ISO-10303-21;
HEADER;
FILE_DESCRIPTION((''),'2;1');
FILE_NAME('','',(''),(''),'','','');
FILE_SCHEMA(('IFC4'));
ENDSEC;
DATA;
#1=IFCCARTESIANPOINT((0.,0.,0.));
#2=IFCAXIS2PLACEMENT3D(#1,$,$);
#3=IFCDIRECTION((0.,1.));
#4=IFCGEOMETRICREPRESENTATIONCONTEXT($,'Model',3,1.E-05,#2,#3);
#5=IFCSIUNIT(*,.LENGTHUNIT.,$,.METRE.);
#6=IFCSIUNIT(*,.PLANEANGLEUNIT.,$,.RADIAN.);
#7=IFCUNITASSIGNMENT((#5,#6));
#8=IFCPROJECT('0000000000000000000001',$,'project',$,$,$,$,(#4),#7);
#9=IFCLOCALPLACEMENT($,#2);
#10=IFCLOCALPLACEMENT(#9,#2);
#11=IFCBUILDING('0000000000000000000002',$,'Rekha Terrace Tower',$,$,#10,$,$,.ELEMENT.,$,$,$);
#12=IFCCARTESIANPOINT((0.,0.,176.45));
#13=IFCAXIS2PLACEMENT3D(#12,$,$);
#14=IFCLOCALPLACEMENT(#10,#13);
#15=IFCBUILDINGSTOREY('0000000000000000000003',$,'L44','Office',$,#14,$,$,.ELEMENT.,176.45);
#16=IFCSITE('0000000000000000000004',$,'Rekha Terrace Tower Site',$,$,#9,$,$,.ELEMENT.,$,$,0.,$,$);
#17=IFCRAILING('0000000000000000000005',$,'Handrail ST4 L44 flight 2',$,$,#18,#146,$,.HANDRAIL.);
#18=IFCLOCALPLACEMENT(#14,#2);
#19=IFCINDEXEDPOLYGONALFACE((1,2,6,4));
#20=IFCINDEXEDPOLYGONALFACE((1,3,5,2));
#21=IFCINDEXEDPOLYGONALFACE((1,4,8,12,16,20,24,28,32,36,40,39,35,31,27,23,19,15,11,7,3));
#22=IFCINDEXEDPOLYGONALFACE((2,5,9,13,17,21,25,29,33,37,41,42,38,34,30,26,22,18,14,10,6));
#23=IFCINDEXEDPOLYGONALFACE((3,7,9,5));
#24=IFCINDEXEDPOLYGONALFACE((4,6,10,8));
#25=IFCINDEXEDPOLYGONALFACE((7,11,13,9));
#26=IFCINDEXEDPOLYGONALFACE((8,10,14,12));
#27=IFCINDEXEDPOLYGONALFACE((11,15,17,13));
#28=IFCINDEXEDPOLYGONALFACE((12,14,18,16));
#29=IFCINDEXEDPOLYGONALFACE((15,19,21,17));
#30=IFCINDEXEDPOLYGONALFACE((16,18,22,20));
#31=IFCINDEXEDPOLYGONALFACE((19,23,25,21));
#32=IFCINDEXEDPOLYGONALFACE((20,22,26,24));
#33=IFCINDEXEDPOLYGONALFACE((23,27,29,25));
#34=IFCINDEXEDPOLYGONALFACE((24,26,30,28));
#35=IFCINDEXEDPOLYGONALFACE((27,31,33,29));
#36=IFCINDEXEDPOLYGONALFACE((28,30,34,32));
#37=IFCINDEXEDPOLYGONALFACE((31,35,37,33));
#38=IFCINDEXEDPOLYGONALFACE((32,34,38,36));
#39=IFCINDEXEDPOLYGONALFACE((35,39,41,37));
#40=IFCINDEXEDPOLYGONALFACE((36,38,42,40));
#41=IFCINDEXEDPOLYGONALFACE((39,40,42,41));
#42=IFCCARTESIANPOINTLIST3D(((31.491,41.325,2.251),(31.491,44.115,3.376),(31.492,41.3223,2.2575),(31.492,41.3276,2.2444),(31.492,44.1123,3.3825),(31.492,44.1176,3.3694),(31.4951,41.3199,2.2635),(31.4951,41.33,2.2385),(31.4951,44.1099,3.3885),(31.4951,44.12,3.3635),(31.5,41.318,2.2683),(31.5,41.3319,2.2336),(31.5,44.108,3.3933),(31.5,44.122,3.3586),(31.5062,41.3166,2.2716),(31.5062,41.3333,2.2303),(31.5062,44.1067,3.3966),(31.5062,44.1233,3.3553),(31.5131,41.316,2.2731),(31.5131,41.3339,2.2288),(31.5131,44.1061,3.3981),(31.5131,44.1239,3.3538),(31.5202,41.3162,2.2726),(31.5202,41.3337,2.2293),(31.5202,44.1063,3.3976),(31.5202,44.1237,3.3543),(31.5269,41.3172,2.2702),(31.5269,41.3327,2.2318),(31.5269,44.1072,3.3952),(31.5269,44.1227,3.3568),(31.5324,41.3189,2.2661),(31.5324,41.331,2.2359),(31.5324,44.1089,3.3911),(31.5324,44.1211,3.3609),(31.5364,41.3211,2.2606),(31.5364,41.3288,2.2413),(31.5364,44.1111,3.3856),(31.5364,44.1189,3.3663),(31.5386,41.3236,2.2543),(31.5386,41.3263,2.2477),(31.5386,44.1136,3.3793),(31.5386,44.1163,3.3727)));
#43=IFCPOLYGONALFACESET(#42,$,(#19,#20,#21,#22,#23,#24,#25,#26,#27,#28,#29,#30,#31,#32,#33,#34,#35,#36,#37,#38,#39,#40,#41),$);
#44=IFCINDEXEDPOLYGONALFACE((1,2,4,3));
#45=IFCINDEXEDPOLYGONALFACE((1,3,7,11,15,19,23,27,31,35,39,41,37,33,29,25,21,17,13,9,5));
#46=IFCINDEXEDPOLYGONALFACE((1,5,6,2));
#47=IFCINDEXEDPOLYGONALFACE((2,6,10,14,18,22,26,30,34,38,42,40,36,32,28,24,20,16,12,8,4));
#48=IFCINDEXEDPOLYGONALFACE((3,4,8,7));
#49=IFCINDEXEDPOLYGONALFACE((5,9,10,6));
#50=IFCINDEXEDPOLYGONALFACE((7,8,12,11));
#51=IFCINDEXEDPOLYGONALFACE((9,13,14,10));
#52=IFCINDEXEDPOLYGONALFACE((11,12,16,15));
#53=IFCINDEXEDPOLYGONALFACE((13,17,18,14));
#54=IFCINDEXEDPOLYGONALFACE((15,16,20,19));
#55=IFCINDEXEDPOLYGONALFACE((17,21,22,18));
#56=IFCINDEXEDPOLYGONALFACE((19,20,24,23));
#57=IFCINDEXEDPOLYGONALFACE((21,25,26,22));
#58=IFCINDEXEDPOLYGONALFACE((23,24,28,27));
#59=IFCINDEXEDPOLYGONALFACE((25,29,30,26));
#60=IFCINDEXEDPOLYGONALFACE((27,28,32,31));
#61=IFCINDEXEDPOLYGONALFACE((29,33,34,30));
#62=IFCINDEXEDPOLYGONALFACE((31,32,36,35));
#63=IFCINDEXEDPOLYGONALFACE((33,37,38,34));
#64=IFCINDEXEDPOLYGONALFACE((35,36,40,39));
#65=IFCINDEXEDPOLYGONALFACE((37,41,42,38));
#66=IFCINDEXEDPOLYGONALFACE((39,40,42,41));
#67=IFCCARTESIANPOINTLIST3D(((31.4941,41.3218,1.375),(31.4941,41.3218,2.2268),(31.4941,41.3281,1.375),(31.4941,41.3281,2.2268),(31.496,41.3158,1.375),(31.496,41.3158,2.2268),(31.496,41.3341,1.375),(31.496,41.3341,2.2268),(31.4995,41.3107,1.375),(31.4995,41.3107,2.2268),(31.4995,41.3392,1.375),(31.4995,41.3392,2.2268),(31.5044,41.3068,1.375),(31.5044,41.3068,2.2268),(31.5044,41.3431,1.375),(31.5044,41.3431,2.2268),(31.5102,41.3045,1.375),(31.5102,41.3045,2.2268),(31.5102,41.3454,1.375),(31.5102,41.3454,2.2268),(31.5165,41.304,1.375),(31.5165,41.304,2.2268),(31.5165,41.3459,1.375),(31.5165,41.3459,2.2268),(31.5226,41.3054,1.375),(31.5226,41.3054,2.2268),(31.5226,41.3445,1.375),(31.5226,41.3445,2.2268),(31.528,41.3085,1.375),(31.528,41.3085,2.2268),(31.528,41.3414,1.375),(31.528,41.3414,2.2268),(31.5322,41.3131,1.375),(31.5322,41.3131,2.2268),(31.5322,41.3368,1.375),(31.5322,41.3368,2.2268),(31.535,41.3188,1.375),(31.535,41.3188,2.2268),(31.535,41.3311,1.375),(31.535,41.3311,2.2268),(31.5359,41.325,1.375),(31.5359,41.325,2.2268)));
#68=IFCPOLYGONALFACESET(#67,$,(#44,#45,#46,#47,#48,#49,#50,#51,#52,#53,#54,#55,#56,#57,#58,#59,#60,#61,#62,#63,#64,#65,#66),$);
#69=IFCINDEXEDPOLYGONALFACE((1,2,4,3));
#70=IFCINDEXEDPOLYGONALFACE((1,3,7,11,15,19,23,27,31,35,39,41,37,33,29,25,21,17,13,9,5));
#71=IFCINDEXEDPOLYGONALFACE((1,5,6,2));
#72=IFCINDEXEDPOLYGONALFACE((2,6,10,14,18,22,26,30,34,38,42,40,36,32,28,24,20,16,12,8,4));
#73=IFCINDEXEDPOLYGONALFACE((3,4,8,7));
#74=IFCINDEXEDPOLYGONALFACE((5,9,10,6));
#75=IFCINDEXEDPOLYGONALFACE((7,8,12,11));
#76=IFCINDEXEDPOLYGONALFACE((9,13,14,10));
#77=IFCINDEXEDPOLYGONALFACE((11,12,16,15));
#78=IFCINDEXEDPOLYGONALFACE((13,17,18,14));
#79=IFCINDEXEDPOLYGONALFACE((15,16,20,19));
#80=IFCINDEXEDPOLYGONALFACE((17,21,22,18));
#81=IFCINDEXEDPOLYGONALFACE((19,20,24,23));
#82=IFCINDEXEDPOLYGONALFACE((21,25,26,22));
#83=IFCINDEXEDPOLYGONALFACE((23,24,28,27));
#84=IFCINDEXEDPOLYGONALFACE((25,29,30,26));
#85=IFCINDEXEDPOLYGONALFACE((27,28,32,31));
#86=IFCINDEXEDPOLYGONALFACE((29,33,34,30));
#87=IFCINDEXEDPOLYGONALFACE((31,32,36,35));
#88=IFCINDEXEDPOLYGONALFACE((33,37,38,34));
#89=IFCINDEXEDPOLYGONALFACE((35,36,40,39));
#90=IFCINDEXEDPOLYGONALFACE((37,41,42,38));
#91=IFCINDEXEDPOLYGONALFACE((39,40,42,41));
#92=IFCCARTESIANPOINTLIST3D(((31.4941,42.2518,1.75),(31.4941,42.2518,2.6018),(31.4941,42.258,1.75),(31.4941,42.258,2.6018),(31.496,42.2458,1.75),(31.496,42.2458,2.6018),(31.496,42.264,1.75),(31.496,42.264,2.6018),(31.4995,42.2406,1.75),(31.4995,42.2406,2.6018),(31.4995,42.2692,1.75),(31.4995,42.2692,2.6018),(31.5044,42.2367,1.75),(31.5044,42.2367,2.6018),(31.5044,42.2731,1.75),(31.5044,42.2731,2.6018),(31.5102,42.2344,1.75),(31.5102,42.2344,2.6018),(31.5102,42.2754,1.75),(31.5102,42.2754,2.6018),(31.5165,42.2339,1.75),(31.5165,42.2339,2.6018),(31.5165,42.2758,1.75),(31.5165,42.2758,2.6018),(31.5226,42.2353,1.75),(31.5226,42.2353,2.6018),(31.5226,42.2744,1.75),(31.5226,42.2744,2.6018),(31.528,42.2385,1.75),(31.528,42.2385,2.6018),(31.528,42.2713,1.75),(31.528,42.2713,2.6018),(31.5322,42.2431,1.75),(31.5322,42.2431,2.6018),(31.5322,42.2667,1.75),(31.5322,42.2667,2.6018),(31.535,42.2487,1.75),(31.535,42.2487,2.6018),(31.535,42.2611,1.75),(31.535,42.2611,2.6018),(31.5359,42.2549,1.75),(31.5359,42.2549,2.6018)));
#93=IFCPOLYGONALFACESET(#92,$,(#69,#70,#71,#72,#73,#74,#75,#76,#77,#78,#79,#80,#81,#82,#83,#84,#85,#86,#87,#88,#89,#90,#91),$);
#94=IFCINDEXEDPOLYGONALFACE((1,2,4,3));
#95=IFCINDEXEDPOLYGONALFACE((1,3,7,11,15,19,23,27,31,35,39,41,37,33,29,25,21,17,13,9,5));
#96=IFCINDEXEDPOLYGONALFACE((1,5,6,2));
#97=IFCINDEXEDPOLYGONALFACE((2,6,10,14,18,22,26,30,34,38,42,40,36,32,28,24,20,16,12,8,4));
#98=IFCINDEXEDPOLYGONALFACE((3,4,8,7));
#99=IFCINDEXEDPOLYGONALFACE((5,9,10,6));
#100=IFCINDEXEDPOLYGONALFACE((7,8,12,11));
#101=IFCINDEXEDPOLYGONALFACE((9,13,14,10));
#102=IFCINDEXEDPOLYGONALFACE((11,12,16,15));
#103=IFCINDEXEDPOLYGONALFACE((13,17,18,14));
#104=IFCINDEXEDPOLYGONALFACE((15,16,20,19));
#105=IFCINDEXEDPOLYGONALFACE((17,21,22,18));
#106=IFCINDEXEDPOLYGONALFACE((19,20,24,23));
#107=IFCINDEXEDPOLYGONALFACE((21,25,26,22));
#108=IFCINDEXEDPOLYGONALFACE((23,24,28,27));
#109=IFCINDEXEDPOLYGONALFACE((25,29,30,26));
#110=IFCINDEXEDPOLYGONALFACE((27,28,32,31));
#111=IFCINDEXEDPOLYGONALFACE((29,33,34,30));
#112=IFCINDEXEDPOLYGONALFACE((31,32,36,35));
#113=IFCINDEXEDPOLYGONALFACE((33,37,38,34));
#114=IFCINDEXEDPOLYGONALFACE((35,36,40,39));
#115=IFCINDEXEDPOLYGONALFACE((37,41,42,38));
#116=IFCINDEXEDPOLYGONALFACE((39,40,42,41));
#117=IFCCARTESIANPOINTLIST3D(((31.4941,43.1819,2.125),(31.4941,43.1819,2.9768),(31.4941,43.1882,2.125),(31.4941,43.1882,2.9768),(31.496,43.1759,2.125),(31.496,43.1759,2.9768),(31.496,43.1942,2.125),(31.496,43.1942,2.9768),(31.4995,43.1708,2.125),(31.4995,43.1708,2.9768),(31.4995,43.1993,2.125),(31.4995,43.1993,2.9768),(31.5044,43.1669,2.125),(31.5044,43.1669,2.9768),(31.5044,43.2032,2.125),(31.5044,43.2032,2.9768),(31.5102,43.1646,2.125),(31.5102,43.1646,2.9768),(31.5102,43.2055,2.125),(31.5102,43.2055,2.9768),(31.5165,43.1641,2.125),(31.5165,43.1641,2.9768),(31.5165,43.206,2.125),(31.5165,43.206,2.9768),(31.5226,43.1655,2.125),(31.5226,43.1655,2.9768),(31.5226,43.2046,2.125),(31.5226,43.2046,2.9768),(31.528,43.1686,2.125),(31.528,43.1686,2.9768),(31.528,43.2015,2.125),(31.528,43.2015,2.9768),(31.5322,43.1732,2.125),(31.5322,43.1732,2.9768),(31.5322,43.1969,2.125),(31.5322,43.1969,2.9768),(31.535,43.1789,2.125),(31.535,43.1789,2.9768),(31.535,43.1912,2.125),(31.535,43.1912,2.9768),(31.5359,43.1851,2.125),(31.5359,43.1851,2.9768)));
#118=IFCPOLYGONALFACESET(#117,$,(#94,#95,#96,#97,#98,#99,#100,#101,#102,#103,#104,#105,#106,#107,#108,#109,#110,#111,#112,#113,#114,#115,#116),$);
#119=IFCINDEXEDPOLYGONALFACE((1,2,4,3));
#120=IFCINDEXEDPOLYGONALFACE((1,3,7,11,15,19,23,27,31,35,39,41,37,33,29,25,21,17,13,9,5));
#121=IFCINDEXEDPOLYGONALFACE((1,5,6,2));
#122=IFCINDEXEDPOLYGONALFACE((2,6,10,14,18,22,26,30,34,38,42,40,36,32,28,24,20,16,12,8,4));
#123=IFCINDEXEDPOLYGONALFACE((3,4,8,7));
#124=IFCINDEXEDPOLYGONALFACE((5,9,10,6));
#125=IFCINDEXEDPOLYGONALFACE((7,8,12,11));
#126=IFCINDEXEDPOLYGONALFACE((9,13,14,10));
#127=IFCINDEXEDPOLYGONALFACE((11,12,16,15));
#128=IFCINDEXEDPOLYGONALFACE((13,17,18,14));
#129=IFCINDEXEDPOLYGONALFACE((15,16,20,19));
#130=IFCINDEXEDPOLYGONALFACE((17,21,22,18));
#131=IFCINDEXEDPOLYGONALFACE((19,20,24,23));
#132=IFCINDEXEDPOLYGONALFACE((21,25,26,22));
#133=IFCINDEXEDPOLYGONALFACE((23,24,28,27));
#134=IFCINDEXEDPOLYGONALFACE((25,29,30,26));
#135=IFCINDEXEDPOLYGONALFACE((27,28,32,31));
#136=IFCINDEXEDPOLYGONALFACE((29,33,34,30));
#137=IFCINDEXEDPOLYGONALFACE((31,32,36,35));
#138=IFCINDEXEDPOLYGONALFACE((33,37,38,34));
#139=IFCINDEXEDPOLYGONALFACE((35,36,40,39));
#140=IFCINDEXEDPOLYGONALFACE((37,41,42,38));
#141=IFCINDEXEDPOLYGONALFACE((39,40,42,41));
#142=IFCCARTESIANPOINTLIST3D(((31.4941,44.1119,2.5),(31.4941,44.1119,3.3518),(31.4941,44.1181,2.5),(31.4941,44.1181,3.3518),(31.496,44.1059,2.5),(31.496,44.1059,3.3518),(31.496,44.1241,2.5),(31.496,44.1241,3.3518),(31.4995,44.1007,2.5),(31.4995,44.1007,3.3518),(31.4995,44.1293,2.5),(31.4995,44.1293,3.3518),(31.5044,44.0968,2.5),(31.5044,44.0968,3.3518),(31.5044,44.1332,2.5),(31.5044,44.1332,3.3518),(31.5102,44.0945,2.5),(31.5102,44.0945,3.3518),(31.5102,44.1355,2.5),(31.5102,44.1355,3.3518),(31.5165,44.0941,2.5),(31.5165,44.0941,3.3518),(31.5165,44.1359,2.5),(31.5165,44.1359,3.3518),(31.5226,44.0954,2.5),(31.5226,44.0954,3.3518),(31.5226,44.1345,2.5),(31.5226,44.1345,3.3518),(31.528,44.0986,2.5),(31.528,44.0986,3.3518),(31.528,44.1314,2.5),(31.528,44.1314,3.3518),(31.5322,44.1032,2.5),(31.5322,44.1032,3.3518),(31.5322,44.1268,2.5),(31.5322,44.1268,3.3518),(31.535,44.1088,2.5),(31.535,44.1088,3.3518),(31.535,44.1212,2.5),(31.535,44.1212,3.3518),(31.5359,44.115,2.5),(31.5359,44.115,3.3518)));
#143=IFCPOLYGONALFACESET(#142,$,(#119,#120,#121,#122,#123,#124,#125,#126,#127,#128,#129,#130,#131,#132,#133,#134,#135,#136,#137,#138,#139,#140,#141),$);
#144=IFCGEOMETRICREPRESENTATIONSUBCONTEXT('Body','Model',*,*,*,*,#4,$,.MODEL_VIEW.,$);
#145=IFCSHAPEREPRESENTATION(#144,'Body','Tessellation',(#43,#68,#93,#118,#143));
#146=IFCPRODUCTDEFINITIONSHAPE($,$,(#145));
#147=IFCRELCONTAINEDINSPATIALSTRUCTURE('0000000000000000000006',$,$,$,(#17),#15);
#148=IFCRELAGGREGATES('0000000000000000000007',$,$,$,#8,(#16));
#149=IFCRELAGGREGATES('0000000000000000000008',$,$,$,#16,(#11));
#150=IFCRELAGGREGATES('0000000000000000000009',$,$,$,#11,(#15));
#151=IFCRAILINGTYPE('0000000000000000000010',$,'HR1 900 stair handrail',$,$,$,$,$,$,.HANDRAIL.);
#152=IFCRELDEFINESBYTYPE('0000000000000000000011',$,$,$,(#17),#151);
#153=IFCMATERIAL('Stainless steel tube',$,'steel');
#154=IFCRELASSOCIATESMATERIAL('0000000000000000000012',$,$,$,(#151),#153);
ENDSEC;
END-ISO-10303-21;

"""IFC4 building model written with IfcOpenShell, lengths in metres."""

from ifc_helpers import new_model, si_unit, direction, frame, origin, origin_2d, place, context, subcontext, project, spatial, circle, extrude, material, type_object, element, save


model = new_model("IFC4")

# Units and contexts
model_context = context("Model", 3, precision=1e-05, world=origin(), true_north=direction((0.0, 1.0)))
body_context = subcontext(model_context, "Body", "Model", "MODEL_VIEW")
ifc_project = project(units=[si_unit("LENGTHUNIT", "METRE"), si_unit("PLANEANGLEUNIT", "RADIAN")], contexts=[model_context])

# Site, building, storey
site_placement = place(None, origin())
site = spatial("IfcSite", under=ifc_project, at=site_placement, Name="Rekha Terrace Tower Site", CompositionType="ELEMENT", RefElevation=0.0)
building_placement = place(site_placement, origin())
building = spatial("IfcBuilding", under=site, at=building_placement, Name="Rekha Terrace Tower", CompositionType="ELEMENT")
storey_placement = place(building_placement, frame((0.0, 0.0, 176.45)))
storey = spatial("IfcBuildingStorey", under=building, at=storey_placement, Name="L44", Description="Office", CompositionType="ELEMENT", Elevation=176.45)

# Railing
ifc_material_1 = material(Name="Stainless steel tube", Category="steel")
railing_type_1 = type_object("IfcRailingType", Name="HR1 900 stair handrail", PredefinedType="HANDRAIL", material=ifc_material_1)
railing_1_placement = place(storey_placement, frame((31.5149, 41.325, 1.375)))
element("IfcRailing", 1, at=railing_1_placement, inside=storey, type_object=railing_type_1, Name="Handrail ST4 L44 flight 2", PredefinedType="HANDRAIL", context=body_context, shape_type="SweptSolid", body=[
    extrude(circle(Radius=0.0239, at=origin_2d()), frame((0.0, 0.0, 0.876), z_axis=(0.0, 0.927443, 0.373964), x_axis=(-1.0, 0.0, 0.0)), (0.0, 0.0, 1.0), 3.0083),
    extrude(circle(Radius=0.021, at=origin_2d()), origin(), (0.0, 0.0, 1.0), 0.8518),
    extrude(circle(Radius=0.021, at=origin_2d()), frame((0.0, 0.9299, 0.375)), (0.0, 0.0, 1.0), 0.8518),
    extrude(circle(Radius=0.021, at=origin_2d()), frame((0.0, 1.8601, 0.75)), (0.0, 0.0, 1.0), 0.8518),
    extrude(circle(Radius=0.021, at=origin_2d()), frame((0.0, 2.79, 1.125)), (0.0, 0.0, 1.0), 0.8518),
])

save(model, "model.ifc")
